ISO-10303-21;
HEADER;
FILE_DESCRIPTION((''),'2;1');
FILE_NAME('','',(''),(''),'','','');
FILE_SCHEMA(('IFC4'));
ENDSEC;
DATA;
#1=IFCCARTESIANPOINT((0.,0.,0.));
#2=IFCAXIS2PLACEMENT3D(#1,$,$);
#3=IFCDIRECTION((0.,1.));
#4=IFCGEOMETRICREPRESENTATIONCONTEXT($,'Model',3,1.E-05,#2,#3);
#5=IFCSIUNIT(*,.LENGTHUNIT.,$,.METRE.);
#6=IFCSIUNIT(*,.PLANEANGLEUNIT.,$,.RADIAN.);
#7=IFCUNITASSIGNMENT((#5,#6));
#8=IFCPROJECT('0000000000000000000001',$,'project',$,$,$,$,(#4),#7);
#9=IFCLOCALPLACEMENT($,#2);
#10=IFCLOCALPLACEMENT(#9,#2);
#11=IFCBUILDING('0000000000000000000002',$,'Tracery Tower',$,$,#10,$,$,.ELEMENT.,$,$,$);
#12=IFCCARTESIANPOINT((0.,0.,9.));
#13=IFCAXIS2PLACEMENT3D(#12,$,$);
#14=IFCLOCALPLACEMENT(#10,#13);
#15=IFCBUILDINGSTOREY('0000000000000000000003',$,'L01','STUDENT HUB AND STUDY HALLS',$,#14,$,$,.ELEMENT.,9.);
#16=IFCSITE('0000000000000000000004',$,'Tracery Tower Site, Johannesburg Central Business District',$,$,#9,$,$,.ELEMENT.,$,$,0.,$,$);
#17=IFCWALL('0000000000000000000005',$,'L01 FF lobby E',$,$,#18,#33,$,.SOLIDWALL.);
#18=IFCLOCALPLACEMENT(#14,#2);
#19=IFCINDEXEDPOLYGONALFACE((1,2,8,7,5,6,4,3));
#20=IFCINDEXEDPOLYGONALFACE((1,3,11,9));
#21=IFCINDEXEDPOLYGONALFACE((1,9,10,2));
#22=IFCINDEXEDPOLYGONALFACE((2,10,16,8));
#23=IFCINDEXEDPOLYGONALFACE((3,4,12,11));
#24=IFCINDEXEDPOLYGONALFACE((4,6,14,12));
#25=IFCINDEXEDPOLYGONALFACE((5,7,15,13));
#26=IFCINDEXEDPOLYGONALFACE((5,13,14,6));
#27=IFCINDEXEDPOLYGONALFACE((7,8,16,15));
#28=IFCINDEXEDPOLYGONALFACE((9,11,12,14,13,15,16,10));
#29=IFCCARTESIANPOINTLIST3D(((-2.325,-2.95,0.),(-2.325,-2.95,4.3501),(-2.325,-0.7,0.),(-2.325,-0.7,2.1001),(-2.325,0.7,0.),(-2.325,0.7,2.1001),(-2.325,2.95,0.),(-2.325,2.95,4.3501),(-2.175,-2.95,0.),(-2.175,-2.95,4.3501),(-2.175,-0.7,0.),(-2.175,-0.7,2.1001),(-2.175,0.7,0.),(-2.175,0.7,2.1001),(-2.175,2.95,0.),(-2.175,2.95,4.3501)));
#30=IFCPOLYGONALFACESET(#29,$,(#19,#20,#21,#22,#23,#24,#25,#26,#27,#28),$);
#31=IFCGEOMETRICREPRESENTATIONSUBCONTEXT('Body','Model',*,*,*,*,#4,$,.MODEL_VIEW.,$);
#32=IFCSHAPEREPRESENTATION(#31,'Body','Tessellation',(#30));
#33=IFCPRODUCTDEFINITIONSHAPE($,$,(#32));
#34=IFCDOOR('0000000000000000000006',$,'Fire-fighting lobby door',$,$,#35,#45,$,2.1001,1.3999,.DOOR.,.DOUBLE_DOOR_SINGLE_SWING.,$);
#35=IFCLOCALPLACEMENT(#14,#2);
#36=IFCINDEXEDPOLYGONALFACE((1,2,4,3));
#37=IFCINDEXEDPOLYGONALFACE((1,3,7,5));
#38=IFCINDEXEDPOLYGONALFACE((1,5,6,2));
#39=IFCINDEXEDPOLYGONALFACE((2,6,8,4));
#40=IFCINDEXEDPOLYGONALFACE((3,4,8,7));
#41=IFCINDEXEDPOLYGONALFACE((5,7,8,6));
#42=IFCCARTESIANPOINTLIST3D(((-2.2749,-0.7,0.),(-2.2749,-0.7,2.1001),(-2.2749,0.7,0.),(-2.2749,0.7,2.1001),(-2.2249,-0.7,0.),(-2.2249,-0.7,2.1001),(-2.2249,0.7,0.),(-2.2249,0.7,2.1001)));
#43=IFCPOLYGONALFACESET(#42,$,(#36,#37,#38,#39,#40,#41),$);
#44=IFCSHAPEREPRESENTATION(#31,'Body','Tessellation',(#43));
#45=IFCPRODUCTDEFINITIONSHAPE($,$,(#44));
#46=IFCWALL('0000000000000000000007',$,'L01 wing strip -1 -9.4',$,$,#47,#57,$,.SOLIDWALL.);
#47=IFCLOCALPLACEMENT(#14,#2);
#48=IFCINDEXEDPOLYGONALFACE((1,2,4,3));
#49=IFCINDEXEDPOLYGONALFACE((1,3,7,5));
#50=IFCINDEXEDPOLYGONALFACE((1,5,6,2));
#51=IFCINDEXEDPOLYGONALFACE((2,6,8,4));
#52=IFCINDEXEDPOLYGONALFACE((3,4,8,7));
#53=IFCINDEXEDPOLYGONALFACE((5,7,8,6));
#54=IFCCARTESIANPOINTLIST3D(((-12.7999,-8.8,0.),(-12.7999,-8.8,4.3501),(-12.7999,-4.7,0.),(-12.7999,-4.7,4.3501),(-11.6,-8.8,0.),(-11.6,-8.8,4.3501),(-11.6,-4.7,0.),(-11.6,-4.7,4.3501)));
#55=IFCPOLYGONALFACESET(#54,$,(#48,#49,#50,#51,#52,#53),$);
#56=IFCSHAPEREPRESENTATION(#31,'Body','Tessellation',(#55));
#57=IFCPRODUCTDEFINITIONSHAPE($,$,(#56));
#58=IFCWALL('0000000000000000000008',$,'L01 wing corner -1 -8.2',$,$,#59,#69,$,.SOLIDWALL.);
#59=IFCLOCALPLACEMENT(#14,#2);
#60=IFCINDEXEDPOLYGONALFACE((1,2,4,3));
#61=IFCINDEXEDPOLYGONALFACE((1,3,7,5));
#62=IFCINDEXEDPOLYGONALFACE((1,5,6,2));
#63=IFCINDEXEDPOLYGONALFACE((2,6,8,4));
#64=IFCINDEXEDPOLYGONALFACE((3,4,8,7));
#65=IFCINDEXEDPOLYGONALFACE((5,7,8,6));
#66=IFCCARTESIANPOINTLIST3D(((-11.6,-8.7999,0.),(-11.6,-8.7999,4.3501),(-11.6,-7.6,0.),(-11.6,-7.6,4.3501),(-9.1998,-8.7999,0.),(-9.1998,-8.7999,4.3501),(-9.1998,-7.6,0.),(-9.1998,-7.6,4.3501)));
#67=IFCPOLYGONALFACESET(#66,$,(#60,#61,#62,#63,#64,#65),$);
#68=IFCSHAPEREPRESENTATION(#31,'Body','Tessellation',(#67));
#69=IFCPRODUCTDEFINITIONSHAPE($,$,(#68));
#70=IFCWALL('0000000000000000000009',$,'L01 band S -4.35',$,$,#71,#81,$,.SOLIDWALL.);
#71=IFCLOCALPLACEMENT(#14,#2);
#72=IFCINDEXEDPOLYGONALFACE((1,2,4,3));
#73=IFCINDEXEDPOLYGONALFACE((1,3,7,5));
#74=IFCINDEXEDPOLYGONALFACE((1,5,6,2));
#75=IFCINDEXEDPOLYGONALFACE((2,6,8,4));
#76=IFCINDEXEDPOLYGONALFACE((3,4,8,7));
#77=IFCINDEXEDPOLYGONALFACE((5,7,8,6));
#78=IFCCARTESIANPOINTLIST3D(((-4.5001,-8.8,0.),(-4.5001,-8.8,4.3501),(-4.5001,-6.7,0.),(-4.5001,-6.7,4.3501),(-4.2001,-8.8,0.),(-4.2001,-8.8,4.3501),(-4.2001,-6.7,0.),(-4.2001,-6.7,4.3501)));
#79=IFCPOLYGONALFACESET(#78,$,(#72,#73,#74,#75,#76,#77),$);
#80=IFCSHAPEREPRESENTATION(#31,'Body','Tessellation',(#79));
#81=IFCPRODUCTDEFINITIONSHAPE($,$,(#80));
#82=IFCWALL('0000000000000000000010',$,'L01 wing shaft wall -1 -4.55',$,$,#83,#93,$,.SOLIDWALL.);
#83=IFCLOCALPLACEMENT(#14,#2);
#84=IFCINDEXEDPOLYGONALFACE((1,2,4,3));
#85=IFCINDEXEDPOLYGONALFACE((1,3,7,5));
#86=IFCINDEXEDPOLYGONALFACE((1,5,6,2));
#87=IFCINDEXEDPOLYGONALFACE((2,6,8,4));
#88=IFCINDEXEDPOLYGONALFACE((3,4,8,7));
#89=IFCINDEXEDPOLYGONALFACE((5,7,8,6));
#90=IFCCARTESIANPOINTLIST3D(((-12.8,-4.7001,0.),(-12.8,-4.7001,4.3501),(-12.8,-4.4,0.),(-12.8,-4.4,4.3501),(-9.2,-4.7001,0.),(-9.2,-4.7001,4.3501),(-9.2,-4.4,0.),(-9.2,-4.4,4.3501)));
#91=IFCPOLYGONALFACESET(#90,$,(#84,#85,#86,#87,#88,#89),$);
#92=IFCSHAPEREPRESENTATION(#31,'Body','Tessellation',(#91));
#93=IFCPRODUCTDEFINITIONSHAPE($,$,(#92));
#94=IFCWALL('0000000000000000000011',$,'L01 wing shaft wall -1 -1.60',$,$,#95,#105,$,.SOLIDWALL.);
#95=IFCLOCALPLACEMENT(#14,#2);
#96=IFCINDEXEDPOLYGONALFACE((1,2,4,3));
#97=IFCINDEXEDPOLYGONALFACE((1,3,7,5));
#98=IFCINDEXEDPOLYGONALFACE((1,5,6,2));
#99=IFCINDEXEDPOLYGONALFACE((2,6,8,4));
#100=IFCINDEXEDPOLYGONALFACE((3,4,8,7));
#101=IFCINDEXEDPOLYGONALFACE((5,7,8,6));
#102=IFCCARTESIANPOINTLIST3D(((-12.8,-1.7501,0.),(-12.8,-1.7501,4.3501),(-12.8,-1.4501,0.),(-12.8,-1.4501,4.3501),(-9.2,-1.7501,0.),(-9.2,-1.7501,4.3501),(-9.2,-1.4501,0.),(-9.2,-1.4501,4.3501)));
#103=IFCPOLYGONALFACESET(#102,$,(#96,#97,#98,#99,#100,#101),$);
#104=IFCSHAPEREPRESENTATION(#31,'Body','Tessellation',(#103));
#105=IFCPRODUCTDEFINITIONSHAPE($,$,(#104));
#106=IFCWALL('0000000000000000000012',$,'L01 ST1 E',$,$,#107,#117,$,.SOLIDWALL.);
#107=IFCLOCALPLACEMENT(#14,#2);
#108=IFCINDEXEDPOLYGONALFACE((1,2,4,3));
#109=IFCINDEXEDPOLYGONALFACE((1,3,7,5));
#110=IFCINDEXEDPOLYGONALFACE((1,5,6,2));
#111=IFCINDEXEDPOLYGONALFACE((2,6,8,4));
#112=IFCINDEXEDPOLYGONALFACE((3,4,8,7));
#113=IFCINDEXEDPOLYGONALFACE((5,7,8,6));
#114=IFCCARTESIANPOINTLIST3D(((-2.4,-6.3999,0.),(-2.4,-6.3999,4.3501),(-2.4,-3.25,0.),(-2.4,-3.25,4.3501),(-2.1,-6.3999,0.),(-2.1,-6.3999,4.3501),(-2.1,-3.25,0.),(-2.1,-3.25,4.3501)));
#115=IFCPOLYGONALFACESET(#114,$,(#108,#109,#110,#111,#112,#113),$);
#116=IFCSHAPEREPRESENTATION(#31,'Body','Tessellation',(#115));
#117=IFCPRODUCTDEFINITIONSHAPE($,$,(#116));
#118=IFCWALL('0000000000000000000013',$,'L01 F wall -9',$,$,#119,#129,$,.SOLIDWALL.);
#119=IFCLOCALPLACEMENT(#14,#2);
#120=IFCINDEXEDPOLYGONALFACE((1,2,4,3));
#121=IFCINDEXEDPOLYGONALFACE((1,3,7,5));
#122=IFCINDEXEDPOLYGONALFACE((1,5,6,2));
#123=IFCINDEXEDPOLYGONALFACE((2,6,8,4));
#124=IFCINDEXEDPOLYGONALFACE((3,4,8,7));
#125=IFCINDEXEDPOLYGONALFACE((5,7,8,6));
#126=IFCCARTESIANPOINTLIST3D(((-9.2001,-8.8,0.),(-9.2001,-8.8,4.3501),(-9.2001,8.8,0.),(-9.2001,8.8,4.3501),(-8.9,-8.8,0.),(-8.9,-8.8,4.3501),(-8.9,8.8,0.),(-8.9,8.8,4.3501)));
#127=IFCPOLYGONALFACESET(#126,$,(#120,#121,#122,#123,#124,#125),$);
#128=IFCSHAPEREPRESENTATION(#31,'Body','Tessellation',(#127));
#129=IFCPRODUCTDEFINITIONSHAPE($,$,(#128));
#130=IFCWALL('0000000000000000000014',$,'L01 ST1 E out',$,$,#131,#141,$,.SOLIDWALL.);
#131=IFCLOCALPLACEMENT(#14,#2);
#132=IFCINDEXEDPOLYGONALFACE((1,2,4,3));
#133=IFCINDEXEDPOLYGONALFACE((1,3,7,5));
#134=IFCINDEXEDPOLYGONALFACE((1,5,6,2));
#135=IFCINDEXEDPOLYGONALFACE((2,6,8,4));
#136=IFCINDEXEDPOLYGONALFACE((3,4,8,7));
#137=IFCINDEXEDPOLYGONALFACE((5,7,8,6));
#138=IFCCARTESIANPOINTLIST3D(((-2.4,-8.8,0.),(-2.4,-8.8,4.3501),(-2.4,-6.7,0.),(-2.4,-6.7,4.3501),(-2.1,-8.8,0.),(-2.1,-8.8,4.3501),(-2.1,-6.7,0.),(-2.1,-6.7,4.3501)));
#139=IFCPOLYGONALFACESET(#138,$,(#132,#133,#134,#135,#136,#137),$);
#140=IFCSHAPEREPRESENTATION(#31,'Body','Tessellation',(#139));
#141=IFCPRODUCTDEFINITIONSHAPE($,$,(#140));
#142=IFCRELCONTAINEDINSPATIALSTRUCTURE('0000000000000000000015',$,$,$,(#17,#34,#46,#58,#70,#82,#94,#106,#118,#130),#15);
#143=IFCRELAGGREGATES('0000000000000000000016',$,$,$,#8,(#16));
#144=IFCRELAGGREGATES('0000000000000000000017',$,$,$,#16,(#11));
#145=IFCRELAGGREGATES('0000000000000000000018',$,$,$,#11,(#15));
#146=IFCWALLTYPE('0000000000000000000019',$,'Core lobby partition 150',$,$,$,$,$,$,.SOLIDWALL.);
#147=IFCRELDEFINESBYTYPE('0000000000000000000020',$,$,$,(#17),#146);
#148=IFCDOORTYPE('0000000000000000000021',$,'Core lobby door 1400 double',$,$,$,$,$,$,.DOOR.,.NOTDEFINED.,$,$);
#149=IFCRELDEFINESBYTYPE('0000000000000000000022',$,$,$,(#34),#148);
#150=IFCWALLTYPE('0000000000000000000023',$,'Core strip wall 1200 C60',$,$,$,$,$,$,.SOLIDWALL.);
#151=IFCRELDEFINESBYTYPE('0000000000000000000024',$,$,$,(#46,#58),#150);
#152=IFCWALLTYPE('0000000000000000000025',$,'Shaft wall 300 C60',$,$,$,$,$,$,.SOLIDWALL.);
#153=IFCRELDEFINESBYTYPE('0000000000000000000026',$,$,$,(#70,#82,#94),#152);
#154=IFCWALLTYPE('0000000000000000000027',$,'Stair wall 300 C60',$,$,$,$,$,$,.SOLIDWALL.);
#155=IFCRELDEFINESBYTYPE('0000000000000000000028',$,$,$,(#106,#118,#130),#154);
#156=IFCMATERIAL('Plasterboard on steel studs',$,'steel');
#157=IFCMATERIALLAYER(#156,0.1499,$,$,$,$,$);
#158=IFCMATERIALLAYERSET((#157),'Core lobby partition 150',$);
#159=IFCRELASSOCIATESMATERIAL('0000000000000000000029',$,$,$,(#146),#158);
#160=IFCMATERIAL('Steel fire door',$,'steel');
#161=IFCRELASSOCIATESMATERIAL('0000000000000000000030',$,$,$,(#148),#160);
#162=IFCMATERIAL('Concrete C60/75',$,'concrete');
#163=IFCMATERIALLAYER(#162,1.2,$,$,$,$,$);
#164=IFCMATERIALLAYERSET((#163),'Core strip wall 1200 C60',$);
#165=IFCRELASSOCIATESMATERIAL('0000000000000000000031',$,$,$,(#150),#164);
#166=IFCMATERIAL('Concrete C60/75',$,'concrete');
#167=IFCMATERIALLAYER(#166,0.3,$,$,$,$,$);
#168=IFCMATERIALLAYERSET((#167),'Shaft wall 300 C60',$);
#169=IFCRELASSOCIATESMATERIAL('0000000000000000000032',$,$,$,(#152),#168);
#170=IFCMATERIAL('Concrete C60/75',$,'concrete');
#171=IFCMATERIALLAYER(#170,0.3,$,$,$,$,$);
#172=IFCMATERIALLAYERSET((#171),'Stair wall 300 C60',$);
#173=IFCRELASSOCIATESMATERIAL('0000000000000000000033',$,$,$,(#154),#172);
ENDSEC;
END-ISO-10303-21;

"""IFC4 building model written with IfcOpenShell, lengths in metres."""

from ifc_helpers import new_model, si_unit, direction, frame, frame_2d, origin, place, context, subcontext, project, spatial, rectangle, extrude, material, layer, layer_set, type_object, element, fill, save


model = new_model("IFC4")

# Units and contexts
model_context = context("Model", 3, precision=1e-05, world=origin(), true_north=direction((0.0, 1.0)))
body_context = subcontext(model_context, "Body", "Model", "MODEL_VIEW")
ifc_project = project(units=[si_unit("LENGTHUNIT", "METRE"), si_unit("PLANEANGLEUNIT", "RADIAN")], contexts=[model_context])

# Site, building, storey
site_placement = place(None, origin())
site = spatial("IfcSite", under=ifc_project, at=site_placement, Name="Tracery Tower Site, Johannesburg Central Business District", CompositionType="ELEMENT", RefElevation=0.0)
building_placement = place(site_placement, origin())
building = spatial("IfcBuilding", under=site, at=building_placement, Name="Tracery Tower", CompositionType="ELEMENT")
storey_placement = place(building_placement, frame((0.0, 0.0, 9.0)))
storey = spatial("IfcBuildingStorey", under=building, at=storey_placement, Name="L01", Description="STUDENT HUB AND STUDY HALLS", CompositionType="ELEMENT", Elevation=9.0)

# Wall, opening, door
ifc_material_1 = material(Name="Plasterboard on steel studs", Category="steel")
ifc_layer_1 = layer(ifc_material_1, 0.1499)
ifc_layer_set_1 = layer_set([ifc_layer_1], Name="Core lobby partition 150")
wall_type_1 = type_object("IfcWallType", Name="Core lobby partition 150", PredefinedType="SOLIDWALL", material=ifc_layer_set_1)
wall_1_placement = place(storey_placement, frame((-2.25, -2.95, 0.0), z_axis=(0.0, 0.0, 1.0), x_axis=(0.0, 1.0, 0.0)))
wall_1 = element("IfcWall", 1, at=wall_1_placement, inside=storey, type_object=wall_type_1, Name="L01 FF lobby E", PredefinedType="SOLIDWALL", context=body_context, shape_type="SweptSolid", body=[
    extrude(rectangle(XDim=5.8999, YDim=0.1499, at=frame_2d((2.95, 0.0))), origin(), (0.0, 0.0, 1.0), 4.3501),
])
opening_1_placement = place(wall_1_placement, frame((2.25, 0.0, 0.0)))
opening_1 = element("IfcOpeningElement", 2, at=opening_1_placement, cuts=wall_1, PredefinedType="OPENING", context=body_context, shape_type="SweptSolid", body=[
    extrude(rectangle(XDim=1.3999, YDim=2.1001, at=frame_2d((0.7, 1.05))), frame((0.0, 0.075, 0.0), z_axis=(0.0, -1.0, 0.0), x_axis=(1.0, 0.0, 0.0)), (0.0, 0.0, 1.0), 0.1499),
])
ifc_material_2 = material(Name="Steel fire door", Category="steel")
door_type_1 = type_object("IfcDoorType", Name="Core lobby door 1400 double", OperationType="NOTDEFINED", PredefinedType="DOOR", material=ifc_material_2)
door_1_placement = place(opening_1_placement, origin())
door_1 = element("IfcDoor", 3, at=door_1_placement, inside=storey, type_object=door_type_1, Name="Fire-fighting lobby door", OperationType="DOUBLE_DOOR_SINGLE_SWING", OverallHeight=2.1001, OverallWidth=1.3999, PredefinedType="DOOR", context=body_context, shape_type="SweptSolid", body=[
    extrude(rectangle(XDim=1.3999, YDim=2.1001, at=frame_2d((0.7, 1.05))), frame((0.0, 0.0249, 0.0), z_axis=(0.0, -1.0, 0.0), x_axis=(1.0, 0.0, 0.0)), (0.0, 0.0, 1.0), 0.05),
])
fill(opening_1, door_1)

# Walls
ifc_material_3 = material(Name="Concrete C60/75", Category="concrete")
ifc_layer_2 = layer(ifc_material_3, 1.2)
ifc_layer_set_2 = layer_set([ifc_layer_2], Name="Core strip wall 1200 C60")
wall_type_2 = type_object("IfcWallType", Name="Core strip wall 1200 C60", PredefinedType="SOLIDWALL", material=ifc_layer_set_2)
wall_2_placement = place(storey_placement, frame((-12.2, -8.8, 0.0), z_axis=(0.0, 0.0, 1.0), x_axis=(0.0, 1.0, 0.0)))
element("IfcWall", 4, at=wall_2_placement, inside=storey, type_object=wall_type_2, Name="L01 wing strip -1 -9.4", PredefinedType="SOLIDWALL", context=body_context, shape_type="SweptSolid", body=[
    extrude(rectangle(XDim=4.1001, YDim=1.2, at=frame_2d((2.05, 0.0))), origin(), (0.0, 0.0, 1.0), 4.3501),
])
wall_3_placement = place(storey_placement, frame((-11.6001, -8.2, 0.0), z_axis=(0.0, 0.0, 1.0), x_axis=(1.0, 0.0, 0.0)))
element("IfcWall", 5, at=wall_3_placement, inside=storey, type_object=wall_type_2, Name="L01 wing corner -1 -8.2", PredefinedType="SOLIDWALL", context=body_context, shape_type="SweptSolid", body=[
    extrude(rectangle(XDim=2.4001, YDim=1.2, at=frame_2d((1.2002, 0.0))), origin(), (0.0, 0.0, 1.0), 4.3501),
])

# Shared definitions
ifc_material_4 = material(Name="Concrete C60/75", Category="concrete")
ifc_layer_3 = layer(ifc_material_4, 0.3)
ifc_layer_set_3 = layer_set([ifc_layer_3], Name="Shaft wall 300 C60")
wall_type_3 = type_object("IfcWallType", Name="Shaft wall 300 C60", PredefinedType="SOLIDWALL", material=ifc_layer_set_3)

# Walls
wall_4_placement = place(storey_placement, frame((-4.3501, -8.8, 0.0), z_axis=(0.0, 0.0, 1.0), x_axis=(0.0, 1.0, 0.0)))
element("IfcWall", 6, at=wall_4_placement, inside=storey, type_object=wall_type_3, Name="L01 band S -4.35", PredefinedType="SOLIDWALL", context=body_context, shape_type="SweptSolid", body=[
    extrude(rectangle(XDim=2.1001, YDim=0.3, at=frame_2d((1.05, 0.0))), origin(), (0.0, 0.0, 1.0), 4.3501),
])
for number, where, z_axis, x_axis, name in (
    (7, (-12.8, -4.55, 0.0), (0.0, 0.0, 1.0), (1.0, 0.0, 0.0), "L01 wing shaft wall -1 -4.55"),
    (8, (-12.8, -1.6001, 0.0), (0.0, 0.0, 1.0), (1.0, 0.0, 0.0), "L01 wing shaft wall -1 -1.60"),
):
    element("IfcWall", number, at=place(storey_placement, frame(where, z_axis=z_axis, x_axis=x_axis)), inside=storey, type_object=wall_type_3, Name=name, PredefinedType="SOLIDWALL", context=body_context, shape_type="SweptSolid", body=[
        extrude(rectangle(XDim=3.6001, YDim=0.3, at=frame_2d((1.8, 0.0))), origin(), (0.0, 0.0, 1.0), 4.3501),
    ])

# Shared definitions
ifc_material_5 = material(Name="Concrete C60/75", Category="concrete")
ifc_layer_4 = layer(ifc_material_5, 0.3)
ifc_layer_set_4 = layer_set([ifc_layer_4], Name="Stair wall 300 C60")
wall_type_4 = type_object("IfcWallType", Name="Stair wall 300 C60", PredefinedType="SOLIDWALL", material=ifc_layer_set_4)

# Walls
wall_5_placement = place(storey_placement, frame((-2.25, -6.3999, 0.0), z_axis=(0.0, 0.0, 1.0), x_axis=(0.0, 1.0, 0.0)))
element("IfcWall", 9, at=wall_5_placement, inside=storey, type_object=wall_type_4, Name="L01 ST1 E", PredefinedType="SOLIDWALL", context=body_context, shape_type="SweptSolid", body=[
    extrude(rectangle(XDim=3.1499, YDim=0.3, at=frame_2d((1.575, 0.0))), origin(), (0.0, 0.0, 1.0), 4.3501),
])
wall_6_placement = place(storey_placement, frame((-9.05, -8.8, 0.0), z_axis=(0.0, 0.0, 1.0), x_axis=(0.0, 1.0, 0.0)))
element("IfcWall", 10, at=wall_6_placement, inside=storey, type_object=wall_type_4, Name="L01 F wall -9", PredefinedType="SOLIDWALL", context=body_context, shape_type="SweptSolid", body=[
    extrude(rectangle(XDim=17.6001, YDim=0.3, at=frame_2d((8.8, 0.0))), origin(), (0.0, 0.0, 1.0), 4.3501),
])

# Wall
wall_7_placement = place(storey_placement, frame((-2.25, -8.8, 0.0), z_axis=(0.0, 0.0, 1.0), x_axis=(0.0, 1.0, 0.0)))
element("IfcWall", 11, at=wall_7_placement, inside=storey, type_object=wall_type_4, Name="L01 ST1 E out", PredefinedType="SOLIDWALL", context=body_context, shape_type="SweptSolid", body=[
    extrude(rectangle(XDim=2.1001, YDim=0.3, at=frame_2d((1.05, 0.0))), origin(), (0.0, 0.0, 1.0), 4.3501),
])

save(model, "model.ifc")
